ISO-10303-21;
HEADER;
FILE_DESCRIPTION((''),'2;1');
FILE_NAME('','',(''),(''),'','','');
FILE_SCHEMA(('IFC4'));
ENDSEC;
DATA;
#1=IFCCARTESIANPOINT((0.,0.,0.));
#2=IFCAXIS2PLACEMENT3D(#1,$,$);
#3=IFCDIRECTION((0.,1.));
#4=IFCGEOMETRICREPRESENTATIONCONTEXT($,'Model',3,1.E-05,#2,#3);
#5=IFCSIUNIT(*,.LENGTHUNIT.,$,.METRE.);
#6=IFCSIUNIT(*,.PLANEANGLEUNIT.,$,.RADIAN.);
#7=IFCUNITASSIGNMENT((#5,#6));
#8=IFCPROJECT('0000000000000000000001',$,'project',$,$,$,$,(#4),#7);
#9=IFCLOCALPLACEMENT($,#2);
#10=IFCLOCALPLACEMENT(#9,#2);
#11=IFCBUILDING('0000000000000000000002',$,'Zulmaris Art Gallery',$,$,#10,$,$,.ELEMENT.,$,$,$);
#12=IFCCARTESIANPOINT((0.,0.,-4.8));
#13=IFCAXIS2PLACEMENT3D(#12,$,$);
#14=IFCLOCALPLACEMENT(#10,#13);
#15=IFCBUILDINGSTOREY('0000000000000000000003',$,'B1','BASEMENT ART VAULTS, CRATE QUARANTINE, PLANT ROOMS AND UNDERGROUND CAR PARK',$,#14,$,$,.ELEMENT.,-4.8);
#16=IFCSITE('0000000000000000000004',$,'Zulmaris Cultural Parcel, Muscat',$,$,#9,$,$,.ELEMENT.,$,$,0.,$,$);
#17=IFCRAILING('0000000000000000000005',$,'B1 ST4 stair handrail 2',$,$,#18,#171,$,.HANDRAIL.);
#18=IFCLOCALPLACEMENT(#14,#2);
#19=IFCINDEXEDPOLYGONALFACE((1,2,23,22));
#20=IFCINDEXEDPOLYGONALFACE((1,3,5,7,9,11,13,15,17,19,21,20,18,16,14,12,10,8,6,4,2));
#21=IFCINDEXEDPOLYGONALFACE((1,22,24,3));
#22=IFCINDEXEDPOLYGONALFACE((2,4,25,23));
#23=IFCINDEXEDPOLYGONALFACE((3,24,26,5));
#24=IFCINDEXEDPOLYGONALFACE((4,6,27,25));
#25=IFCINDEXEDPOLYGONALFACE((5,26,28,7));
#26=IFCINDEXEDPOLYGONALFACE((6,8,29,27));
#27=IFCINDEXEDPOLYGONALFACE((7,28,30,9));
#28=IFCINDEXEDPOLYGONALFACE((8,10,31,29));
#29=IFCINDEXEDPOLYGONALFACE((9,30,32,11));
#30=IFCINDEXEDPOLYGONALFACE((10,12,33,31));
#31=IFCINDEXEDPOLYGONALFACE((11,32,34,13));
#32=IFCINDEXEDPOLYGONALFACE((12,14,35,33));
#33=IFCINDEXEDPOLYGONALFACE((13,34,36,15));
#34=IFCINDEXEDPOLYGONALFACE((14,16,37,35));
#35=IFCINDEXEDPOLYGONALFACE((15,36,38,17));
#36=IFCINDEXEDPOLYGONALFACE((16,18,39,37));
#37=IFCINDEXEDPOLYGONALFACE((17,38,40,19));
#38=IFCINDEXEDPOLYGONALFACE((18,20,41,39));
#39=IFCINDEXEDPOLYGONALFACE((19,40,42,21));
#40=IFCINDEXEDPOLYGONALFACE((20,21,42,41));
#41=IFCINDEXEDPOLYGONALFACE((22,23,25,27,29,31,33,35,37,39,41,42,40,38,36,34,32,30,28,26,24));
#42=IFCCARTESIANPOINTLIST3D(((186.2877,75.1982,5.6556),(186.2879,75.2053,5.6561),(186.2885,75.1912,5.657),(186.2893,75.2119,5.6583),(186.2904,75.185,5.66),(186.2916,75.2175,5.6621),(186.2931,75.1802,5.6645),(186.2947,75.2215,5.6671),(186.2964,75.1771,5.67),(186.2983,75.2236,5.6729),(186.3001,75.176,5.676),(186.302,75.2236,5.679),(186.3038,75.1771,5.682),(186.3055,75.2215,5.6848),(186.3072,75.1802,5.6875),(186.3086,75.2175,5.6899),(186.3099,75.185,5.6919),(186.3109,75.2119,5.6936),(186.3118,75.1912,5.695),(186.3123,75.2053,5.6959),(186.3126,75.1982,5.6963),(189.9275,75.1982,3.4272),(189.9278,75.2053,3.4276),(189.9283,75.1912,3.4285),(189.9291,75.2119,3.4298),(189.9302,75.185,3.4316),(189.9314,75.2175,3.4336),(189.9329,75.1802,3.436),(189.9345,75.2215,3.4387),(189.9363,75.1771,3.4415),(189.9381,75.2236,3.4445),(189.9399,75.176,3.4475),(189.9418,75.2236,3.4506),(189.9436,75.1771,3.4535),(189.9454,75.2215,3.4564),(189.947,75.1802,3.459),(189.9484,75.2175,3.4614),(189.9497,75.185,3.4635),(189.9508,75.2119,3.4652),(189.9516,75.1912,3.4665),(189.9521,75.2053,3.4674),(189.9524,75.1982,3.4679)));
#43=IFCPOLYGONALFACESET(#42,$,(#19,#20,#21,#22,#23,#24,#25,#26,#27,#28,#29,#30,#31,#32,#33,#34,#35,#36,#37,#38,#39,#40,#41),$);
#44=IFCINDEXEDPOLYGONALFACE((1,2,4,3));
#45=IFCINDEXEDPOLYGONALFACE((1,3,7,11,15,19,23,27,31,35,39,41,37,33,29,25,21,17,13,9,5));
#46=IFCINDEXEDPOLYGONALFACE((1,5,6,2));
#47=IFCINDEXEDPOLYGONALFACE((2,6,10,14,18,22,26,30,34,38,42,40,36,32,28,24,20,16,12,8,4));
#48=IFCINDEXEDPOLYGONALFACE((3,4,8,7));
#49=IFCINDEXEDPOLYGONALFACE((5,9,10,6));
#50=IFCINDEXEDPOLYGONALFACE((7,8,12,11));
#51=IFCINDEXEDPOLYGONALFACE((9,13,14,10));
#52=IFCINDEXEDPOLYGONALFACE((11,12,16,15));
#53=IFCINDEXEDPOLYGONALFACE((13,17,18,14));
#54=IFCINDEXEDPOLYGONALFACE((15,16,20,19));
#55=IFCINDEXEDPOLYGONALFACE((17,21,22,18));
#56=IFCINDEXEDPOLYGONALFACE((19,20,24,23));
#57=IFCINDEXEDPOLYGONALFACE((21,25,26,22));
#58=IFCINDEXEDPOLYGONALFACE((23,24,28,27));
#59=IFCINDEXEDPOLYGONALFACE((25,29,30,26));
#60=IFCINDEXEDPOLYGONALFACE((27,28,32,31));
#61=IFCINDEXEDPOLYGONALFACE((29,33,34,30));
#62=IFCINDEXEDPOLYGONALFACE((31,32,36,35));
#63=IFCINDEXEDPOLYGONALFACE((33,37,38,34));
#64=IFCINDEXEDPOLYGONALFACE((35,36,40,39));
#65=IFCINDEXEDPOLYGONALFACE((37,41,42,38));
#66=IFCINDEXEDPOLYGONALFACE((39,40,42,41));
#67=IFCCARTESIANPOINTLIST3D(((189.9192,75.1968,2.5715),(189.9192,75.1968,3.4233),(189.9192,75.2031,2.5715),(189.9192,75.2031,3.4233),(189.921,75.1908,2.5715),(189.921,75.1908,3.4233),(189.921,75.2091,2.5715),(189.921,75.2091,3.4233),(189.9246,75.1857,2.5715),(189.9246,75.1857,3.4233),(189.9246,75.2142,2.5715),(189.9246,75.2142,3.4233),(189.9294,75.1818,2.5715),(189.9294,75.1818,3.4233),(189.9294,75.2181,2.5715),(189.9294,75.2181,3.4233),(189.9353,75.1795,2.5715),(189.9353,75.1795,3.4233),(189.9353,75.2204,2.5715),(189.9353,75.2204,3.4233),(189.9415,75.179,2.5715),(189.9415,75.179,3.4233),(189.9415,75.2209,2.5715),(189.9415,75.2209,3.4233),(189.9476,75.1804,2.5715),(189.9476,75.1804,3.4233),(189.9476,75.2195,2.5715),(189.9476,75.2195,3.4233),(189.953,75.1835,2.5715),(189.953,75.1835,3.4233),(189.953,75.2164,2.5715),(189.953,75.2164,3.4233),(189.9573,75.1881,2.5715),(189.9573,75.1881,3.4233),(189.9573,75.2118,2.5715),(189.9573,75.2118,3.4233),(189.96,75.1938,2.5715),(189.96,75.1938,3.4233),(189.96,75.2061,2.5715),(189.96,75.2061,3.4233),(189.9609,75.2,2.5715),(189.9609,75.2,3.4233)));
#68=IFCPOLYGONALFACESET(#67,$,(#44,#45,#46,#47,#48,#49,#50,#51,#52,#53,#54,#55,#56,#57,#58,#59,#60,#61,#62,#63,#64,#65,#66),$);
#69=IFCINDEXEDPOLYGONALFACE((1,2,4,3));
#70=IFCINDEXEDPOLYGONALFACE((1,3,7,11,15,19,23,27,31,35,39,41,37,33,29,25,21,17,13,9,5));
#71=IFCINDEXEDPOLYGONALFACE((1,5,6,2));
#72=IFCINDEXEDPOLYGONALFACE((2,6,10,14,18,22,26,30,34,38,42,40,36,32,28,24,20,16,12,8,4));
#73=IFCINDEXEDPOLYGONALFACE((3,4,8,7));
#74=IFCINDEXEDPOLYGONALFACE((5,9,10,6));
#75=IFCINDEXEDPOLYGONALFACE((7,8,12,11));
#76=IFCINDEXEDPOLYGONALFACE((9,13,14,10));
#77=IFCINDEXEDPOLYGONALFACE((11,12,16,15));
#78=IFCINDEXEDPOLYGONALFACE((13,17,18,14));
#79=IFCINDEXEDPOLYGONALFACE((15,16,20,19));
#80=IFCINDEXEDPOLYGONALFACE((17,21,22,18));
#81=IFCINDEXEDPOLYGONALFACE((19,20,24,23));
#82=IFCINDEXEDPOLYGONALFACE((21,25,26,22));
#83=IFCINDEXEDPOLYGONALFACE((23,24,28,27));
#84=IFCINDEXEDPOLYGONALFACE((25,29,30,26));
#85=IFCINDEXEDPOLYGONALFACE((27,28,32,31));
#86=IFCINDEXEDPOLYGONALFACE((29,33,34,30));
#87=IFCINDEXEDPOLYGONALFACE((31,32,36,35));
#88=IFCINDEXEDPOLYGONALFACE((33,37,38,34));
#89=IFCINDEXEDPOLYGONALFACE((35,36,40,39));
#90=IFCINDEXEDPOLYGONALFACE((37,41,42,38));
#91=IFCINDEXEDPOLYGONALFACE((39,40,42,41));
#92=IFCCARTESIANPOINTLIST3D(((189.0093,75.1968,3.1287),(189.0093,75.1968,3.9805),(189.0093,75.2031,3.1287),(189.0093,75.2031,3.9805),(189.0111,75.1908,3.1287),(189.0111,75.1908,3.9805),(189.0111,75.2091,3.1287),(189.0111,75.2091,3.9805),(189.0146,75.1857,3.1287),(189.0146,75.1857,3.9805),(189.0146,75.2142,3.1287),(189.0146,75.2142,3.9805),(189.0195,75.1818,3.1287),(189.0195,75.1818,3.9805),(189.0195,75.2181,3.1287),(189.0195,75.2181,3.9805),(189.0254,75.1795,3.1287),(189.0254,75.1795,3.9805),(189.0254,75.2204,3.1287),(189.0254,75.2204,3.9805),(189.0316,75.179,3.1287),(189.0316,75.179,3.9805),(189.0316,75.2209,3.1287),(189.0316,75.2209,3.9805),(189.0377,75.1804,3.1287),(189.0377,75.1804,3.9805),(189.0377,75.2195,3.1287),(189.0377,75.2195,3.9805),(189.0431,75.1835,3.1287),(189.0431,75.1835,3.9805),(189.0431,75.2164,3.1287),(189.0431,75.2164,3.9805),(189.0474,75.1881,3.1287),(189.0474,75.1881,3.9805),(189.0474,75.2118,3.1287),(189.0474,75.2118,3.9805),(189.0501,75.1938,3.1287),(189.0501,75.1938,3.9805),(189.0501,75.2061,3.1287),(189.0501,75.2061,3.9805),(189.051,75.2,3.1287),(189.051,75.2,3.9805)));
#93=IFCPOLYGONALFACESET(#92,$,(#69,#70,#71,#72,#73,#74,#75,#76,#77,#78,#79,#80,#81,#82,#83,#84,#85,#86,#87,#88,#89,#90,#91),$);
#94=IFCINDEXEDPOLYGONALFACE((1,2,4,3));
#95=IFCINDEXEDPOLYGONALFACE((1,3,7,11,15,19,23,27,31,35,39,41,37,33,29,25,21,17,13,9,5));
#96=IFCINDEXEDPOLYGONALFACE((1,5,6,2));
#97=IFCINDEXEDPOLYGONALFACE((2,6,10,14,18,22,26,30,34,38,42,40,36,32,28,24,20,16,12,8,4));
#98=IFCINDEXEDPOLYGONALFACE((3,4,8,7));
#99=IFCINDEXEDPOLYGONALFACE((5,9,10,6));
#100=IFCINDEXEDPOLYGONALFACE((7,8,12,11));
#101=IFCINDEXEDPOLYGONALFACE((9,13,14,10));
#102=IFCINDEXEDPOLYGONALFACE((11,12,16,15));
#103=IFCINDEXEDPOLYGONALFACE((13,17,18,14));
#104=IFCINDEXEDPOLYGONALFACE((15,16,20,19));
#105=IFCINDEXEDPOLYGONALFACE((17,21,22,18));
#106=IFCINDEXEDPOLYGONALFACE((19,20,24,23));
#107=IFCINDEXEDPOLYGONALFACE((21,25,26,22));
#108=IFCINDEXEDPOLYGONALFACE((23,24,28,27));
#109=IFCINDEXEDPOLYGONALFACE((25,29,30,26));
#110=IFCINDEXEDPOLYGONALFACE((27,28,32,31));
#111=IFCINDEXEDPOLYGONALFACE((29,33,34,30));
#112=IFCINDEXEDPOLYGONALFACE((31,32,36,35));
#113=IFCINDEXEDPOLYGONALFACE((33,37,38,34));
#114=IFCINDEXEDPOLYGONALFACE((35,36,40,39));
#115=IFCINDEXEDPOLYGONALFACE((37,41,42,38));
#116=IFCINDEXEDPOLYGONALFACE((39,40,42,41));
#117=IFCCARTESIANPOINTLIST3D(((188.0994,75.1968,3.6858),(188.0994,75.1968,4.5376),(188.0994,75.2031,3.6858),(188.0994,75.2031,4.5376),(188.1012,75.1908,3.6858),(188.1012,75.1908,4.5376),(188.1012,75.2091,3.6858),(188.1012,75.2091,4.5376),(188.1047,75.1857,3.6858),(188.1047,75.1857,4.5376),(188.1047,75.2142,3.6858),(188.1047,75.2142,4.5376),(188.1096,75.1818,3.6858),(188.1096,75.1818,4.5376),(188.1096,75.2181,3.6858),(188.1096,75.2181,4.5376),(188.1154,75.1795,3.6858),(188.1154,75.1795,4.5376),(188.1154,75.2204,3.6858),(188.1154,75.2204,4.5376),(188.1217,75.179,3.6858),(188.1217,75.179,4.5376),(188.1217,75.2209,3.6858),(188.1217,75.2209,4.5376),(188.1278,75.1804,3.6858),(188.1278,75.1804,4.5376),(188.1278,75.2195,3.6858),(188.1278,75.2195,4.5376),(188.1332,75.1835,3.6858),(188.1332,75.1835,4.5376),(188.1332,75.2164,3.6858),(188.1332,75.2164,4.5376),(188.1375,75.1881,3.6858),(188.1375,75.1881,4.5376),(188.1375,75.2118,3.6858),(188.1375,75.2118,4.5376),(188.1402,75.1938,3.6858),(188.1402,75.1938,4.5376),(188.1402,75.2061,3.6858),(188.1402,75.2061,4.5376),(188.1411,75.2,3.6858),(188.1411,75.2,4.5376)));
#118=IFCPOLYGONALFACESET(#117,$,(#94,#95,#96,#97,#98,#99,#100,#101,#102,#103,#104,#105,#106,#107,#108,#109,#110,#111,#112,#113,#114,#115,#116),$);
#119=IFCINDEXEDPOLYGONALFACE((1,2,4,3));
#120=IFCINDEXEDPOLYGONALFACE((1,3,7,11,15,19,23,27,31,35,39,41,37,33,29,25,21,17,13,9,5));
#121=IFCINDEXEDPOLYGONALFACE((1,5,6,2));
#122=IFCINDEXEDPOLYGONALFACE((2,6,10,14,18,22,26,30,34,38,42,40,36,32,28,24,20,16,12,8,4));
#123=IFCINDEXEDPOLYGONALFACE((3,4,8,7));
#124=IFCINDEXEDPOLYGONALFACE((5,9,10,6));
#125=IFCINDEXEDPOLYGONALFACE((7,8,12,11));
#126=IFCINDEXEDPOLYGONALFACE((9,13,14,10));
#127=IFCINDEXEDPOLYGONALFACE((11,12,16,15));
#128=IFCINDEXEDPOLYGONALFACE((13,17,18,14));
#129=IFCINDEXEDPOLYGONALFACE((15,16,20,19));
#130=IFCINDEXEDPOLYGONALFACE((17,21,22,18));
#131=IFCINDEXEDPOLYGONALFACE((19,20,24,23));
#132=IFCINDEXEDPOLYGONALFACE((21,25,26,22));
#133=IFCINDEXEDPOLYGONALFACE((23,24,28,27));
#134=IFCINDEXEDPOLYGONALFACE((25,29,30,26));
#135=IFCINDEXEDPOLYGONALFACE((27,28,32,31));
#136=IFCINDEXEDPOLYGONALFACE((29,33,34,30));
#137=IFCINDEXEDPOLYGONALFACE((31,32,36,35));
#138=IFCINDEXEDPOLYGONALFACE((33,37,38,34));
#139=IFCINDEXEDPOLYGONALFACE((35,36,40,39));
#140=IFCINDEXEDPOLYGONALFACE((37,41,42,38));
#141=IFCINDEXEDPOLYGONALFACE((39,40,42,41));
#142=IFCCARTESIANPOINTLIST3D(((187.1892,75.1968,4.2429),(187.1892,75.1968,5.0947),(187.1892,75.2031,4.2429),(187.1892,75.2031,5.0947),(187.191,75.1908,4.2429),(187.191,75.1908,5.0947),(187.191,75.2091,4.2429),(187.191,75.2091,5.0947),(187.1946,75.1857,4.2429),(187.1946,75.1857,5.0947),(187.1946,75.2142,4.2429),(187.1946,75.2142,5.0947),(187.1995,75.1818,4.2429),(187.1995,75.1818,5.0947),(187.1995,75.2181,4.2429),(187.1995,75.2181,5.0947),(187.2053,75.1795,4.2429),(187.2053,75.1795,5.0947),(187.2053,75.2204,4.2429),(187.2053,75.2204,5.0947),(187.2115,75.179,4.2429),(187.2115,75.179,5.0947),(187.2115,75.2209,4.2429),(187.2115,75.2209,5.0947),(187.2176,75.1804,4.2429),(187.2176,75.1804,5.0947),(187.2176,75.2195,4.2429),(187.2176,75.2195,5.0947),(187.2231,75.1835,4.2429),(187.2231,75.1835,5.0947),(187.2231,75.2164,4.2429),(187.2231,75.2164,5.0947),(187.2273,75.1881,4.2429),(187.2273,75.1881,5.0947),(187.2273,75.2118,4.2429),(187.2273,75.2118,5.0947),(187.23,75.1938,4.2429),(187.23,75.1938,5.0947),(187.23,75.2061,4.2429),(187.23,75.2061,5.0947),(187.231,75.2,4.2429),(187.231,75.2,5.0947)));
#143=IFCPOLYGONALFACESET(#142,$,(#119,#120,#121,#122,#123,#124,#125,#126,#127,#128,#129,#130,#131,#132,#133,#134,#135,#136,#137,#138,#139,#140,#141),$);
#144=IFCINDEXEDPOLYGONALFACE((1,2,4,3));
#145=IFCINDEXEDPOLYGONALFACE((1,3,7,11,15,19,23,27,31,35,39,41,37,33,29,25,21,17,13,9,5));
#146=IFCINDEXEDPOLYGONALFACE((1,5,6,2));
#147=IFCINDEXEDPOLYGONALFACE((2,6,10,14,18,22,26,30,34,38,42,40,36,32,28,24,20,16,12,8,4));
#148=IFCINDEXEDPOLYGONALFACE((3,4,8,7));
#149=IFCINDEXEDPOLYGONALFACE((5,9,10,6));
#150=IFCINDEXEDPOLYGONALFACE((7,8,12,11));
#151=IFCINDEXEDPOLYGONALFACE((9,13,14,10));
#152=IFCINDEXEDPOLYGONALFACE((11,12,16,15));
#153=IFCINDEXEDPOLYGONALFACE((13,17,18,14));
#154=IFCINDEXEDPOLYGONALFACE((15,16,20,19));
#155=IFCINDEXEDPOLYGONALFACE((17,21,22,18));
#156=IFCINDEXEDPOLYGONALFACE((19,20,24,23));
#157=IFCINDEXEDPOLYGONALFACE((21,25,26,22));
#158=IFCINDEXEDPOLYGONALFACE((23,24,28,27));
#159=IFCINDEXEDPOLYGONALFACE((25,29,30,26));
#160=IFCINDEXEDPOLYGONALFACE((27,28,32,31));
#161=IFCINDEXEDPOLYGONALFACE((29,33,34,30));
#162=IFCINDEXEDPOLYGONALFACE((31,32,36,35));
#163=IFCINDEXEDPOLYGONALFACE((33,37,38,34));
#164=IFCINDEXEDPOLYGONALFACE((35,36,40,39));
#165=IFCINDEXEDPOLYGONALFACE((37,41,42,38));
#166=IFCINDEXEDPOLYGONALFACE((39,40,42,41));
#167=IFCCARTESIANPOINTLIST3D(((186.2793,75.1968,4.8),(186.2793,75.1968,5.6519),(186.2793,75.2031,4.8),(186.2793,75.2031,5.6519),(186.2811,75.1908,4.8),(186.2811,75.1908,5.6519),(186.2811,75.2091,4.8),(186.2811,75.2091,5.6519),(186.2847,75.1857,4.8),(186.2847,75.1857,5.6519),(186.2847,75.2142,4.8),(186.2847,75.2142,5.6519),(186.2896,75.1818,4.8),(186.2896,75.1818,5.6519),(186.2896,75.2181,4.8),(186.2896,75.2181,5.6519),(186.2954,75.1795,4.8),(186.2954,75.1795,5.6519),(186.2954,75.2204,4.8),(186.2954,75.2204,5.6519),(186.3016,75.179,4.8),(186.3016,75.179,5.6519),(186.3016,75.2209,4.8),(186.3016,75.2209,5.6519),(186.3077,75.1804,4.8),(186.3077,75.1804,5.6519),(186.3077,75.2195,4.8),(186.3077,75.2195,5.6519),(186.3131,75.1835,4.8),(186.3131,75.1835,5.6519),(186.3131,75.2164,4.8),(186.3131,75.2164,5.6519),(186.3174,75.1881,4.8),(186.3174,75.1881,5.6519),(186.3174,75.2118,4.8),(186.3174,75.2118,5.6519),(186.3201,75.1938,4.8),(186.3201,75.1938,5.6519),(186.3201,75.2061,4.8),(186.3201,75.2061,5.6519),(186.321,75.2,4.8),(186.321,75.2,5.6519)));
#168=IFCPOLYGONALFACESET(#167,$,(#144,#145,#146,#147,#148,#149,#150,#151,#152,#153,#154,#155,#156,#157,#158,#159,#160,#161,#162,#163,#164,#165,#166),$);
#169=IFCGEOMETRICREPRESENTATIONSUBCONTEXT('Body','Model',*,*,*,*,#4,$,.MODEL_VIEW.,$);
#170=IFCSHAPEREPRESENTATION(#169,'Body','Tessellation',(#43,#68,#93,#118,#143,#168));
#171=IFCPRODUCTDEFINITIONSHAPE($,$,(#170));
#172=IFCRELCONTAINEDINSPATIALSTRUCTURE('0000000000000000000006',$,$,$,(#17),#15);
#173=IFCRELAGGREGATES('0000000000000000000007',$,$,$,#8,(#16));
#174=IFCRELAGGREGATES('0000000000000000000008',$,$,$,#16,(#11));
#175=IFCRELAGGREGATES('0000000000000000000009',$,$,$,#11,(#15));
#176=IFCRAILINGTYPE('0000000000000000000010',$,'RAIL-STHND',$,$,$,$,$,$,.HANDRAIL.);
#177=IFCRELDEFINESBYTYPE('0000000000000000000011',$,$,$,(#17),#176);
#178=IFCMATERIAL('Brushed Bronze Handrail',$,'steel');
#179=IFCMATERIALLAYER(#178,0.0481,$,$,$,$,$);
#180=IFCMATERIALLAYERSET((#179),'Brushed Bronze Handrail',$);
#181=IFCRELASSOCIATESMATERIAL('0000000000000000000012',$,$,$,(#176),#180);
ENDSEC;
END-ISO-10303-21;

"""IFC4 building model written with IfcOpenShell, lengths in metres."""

from ifc_helpers import new_model, si_unit, direction, frame, origin, origin_2d, place, context, subcontext, project, spatial, circle, extrude, material, layer, layer_set, type_object, element, save


model = new_model("IFC4")

# Units and contexts
model_context = context("Model", 3, precision=1e-05, world=origin(), true_north=direction((0.0, 1.0)))
body_context = subcontext(model_context, "Body", "Model", "MODEL_VIEW")
ifc_project = project(units=[si_unit("LENGTHUNIT", "METRE"), si_unit("PLANEANGLEUNIT", "RADIAN")], contexts=[model_context])

# Site, building, storey
site_placement = place(None, origin())
site = spatial("IfcSite", under=ifc_project, at=site_placement, Name="Zulmaris Cultural Parcel, Muscat", CompositionType="ELEMENT", RefElevation=0.0)
building_placement = place(site_placement, origin())
building = spatial("IfcBuilding", under=site, at=building_placement, Name="Zulmaris Art Gallery", CompositionType="ELEMENT")
storey_placement = place(building_placement, frame((0.0, 0.0, -4.8)))
storey = spatial("IfcBuildingStorey", under=building, at=storey_placement, Name="B1", Description="BASEMENT ART VAULTS, CRATE QUARANTINE, PLANT ROOMS AND UNDERGROUND CAR PARK", CompositionType="ELEMENT", Elevation=-4.8)

# Railing
ifc_material_1 = material(Name="Brushed Bronze Handrail", Category="steel")
ifc_layer_1 = layer(ifc_material_1, 0.0481)
ifc_layer_set_1 = layer_set([ifc_layer_1], Name="Brushed Bronze Handrail")
railing_type_1 = type_object("IfcRailingType", Name="RAIL-STHND", PredefinedType="HANDRAIL", material=ifc_layer_set_1)
railing_1_placement = place(storey_placement, frame((189.9399, 75.2, 2.5715)))
element("IfcRailing", 1, at=railing_1_placement, inside=storey, type_object=railing_type_1, Name="B1 ST4 stair handrail 2", PredefinedType="HANDRAIL", context=body_context, shape_type="SweptSolid", body=[
    extrude(circle(Radius=0.0239, at=origin_2d()), frame((0.0, 0.0, 0.876), z_axis=(-0.85285, 0.0, 0.522156), x_axis=(0.0, -1.0, 0.0)), (0.0, 0.0, 1.0), 4.2678),
    extrude(circle(Radius=0.021, at=origin_2d()), origin(), (0.0, 0.0, 1.0), 0.8518),
    extrude(circle(Radius=0.021, at=origin_2d()), frame((-0.9099, 0.0, 0.5571)), (0.0, 0.0, 1.0), 0.8518),
    extrude(circle(Radius=0.021, at=origin_2d()), frame((-1.8198, 0.0, 1.1143)), (0.0, 0.0, 1.0), 0.8518),
    extrude(circle(Radius=0.021, at=origin_2d()), frame((-2.73, 0.0, 1.6714)), (0.0, 0.0, 1.0), 0.8518),
    extrude(circle(Radius=0.021, at=origin_2d()), frame((-3.6399, 0.0, 2.2285)), (0.0, 0.0, 1.0), 0.8518),
])

save(model, "model.ifc")
